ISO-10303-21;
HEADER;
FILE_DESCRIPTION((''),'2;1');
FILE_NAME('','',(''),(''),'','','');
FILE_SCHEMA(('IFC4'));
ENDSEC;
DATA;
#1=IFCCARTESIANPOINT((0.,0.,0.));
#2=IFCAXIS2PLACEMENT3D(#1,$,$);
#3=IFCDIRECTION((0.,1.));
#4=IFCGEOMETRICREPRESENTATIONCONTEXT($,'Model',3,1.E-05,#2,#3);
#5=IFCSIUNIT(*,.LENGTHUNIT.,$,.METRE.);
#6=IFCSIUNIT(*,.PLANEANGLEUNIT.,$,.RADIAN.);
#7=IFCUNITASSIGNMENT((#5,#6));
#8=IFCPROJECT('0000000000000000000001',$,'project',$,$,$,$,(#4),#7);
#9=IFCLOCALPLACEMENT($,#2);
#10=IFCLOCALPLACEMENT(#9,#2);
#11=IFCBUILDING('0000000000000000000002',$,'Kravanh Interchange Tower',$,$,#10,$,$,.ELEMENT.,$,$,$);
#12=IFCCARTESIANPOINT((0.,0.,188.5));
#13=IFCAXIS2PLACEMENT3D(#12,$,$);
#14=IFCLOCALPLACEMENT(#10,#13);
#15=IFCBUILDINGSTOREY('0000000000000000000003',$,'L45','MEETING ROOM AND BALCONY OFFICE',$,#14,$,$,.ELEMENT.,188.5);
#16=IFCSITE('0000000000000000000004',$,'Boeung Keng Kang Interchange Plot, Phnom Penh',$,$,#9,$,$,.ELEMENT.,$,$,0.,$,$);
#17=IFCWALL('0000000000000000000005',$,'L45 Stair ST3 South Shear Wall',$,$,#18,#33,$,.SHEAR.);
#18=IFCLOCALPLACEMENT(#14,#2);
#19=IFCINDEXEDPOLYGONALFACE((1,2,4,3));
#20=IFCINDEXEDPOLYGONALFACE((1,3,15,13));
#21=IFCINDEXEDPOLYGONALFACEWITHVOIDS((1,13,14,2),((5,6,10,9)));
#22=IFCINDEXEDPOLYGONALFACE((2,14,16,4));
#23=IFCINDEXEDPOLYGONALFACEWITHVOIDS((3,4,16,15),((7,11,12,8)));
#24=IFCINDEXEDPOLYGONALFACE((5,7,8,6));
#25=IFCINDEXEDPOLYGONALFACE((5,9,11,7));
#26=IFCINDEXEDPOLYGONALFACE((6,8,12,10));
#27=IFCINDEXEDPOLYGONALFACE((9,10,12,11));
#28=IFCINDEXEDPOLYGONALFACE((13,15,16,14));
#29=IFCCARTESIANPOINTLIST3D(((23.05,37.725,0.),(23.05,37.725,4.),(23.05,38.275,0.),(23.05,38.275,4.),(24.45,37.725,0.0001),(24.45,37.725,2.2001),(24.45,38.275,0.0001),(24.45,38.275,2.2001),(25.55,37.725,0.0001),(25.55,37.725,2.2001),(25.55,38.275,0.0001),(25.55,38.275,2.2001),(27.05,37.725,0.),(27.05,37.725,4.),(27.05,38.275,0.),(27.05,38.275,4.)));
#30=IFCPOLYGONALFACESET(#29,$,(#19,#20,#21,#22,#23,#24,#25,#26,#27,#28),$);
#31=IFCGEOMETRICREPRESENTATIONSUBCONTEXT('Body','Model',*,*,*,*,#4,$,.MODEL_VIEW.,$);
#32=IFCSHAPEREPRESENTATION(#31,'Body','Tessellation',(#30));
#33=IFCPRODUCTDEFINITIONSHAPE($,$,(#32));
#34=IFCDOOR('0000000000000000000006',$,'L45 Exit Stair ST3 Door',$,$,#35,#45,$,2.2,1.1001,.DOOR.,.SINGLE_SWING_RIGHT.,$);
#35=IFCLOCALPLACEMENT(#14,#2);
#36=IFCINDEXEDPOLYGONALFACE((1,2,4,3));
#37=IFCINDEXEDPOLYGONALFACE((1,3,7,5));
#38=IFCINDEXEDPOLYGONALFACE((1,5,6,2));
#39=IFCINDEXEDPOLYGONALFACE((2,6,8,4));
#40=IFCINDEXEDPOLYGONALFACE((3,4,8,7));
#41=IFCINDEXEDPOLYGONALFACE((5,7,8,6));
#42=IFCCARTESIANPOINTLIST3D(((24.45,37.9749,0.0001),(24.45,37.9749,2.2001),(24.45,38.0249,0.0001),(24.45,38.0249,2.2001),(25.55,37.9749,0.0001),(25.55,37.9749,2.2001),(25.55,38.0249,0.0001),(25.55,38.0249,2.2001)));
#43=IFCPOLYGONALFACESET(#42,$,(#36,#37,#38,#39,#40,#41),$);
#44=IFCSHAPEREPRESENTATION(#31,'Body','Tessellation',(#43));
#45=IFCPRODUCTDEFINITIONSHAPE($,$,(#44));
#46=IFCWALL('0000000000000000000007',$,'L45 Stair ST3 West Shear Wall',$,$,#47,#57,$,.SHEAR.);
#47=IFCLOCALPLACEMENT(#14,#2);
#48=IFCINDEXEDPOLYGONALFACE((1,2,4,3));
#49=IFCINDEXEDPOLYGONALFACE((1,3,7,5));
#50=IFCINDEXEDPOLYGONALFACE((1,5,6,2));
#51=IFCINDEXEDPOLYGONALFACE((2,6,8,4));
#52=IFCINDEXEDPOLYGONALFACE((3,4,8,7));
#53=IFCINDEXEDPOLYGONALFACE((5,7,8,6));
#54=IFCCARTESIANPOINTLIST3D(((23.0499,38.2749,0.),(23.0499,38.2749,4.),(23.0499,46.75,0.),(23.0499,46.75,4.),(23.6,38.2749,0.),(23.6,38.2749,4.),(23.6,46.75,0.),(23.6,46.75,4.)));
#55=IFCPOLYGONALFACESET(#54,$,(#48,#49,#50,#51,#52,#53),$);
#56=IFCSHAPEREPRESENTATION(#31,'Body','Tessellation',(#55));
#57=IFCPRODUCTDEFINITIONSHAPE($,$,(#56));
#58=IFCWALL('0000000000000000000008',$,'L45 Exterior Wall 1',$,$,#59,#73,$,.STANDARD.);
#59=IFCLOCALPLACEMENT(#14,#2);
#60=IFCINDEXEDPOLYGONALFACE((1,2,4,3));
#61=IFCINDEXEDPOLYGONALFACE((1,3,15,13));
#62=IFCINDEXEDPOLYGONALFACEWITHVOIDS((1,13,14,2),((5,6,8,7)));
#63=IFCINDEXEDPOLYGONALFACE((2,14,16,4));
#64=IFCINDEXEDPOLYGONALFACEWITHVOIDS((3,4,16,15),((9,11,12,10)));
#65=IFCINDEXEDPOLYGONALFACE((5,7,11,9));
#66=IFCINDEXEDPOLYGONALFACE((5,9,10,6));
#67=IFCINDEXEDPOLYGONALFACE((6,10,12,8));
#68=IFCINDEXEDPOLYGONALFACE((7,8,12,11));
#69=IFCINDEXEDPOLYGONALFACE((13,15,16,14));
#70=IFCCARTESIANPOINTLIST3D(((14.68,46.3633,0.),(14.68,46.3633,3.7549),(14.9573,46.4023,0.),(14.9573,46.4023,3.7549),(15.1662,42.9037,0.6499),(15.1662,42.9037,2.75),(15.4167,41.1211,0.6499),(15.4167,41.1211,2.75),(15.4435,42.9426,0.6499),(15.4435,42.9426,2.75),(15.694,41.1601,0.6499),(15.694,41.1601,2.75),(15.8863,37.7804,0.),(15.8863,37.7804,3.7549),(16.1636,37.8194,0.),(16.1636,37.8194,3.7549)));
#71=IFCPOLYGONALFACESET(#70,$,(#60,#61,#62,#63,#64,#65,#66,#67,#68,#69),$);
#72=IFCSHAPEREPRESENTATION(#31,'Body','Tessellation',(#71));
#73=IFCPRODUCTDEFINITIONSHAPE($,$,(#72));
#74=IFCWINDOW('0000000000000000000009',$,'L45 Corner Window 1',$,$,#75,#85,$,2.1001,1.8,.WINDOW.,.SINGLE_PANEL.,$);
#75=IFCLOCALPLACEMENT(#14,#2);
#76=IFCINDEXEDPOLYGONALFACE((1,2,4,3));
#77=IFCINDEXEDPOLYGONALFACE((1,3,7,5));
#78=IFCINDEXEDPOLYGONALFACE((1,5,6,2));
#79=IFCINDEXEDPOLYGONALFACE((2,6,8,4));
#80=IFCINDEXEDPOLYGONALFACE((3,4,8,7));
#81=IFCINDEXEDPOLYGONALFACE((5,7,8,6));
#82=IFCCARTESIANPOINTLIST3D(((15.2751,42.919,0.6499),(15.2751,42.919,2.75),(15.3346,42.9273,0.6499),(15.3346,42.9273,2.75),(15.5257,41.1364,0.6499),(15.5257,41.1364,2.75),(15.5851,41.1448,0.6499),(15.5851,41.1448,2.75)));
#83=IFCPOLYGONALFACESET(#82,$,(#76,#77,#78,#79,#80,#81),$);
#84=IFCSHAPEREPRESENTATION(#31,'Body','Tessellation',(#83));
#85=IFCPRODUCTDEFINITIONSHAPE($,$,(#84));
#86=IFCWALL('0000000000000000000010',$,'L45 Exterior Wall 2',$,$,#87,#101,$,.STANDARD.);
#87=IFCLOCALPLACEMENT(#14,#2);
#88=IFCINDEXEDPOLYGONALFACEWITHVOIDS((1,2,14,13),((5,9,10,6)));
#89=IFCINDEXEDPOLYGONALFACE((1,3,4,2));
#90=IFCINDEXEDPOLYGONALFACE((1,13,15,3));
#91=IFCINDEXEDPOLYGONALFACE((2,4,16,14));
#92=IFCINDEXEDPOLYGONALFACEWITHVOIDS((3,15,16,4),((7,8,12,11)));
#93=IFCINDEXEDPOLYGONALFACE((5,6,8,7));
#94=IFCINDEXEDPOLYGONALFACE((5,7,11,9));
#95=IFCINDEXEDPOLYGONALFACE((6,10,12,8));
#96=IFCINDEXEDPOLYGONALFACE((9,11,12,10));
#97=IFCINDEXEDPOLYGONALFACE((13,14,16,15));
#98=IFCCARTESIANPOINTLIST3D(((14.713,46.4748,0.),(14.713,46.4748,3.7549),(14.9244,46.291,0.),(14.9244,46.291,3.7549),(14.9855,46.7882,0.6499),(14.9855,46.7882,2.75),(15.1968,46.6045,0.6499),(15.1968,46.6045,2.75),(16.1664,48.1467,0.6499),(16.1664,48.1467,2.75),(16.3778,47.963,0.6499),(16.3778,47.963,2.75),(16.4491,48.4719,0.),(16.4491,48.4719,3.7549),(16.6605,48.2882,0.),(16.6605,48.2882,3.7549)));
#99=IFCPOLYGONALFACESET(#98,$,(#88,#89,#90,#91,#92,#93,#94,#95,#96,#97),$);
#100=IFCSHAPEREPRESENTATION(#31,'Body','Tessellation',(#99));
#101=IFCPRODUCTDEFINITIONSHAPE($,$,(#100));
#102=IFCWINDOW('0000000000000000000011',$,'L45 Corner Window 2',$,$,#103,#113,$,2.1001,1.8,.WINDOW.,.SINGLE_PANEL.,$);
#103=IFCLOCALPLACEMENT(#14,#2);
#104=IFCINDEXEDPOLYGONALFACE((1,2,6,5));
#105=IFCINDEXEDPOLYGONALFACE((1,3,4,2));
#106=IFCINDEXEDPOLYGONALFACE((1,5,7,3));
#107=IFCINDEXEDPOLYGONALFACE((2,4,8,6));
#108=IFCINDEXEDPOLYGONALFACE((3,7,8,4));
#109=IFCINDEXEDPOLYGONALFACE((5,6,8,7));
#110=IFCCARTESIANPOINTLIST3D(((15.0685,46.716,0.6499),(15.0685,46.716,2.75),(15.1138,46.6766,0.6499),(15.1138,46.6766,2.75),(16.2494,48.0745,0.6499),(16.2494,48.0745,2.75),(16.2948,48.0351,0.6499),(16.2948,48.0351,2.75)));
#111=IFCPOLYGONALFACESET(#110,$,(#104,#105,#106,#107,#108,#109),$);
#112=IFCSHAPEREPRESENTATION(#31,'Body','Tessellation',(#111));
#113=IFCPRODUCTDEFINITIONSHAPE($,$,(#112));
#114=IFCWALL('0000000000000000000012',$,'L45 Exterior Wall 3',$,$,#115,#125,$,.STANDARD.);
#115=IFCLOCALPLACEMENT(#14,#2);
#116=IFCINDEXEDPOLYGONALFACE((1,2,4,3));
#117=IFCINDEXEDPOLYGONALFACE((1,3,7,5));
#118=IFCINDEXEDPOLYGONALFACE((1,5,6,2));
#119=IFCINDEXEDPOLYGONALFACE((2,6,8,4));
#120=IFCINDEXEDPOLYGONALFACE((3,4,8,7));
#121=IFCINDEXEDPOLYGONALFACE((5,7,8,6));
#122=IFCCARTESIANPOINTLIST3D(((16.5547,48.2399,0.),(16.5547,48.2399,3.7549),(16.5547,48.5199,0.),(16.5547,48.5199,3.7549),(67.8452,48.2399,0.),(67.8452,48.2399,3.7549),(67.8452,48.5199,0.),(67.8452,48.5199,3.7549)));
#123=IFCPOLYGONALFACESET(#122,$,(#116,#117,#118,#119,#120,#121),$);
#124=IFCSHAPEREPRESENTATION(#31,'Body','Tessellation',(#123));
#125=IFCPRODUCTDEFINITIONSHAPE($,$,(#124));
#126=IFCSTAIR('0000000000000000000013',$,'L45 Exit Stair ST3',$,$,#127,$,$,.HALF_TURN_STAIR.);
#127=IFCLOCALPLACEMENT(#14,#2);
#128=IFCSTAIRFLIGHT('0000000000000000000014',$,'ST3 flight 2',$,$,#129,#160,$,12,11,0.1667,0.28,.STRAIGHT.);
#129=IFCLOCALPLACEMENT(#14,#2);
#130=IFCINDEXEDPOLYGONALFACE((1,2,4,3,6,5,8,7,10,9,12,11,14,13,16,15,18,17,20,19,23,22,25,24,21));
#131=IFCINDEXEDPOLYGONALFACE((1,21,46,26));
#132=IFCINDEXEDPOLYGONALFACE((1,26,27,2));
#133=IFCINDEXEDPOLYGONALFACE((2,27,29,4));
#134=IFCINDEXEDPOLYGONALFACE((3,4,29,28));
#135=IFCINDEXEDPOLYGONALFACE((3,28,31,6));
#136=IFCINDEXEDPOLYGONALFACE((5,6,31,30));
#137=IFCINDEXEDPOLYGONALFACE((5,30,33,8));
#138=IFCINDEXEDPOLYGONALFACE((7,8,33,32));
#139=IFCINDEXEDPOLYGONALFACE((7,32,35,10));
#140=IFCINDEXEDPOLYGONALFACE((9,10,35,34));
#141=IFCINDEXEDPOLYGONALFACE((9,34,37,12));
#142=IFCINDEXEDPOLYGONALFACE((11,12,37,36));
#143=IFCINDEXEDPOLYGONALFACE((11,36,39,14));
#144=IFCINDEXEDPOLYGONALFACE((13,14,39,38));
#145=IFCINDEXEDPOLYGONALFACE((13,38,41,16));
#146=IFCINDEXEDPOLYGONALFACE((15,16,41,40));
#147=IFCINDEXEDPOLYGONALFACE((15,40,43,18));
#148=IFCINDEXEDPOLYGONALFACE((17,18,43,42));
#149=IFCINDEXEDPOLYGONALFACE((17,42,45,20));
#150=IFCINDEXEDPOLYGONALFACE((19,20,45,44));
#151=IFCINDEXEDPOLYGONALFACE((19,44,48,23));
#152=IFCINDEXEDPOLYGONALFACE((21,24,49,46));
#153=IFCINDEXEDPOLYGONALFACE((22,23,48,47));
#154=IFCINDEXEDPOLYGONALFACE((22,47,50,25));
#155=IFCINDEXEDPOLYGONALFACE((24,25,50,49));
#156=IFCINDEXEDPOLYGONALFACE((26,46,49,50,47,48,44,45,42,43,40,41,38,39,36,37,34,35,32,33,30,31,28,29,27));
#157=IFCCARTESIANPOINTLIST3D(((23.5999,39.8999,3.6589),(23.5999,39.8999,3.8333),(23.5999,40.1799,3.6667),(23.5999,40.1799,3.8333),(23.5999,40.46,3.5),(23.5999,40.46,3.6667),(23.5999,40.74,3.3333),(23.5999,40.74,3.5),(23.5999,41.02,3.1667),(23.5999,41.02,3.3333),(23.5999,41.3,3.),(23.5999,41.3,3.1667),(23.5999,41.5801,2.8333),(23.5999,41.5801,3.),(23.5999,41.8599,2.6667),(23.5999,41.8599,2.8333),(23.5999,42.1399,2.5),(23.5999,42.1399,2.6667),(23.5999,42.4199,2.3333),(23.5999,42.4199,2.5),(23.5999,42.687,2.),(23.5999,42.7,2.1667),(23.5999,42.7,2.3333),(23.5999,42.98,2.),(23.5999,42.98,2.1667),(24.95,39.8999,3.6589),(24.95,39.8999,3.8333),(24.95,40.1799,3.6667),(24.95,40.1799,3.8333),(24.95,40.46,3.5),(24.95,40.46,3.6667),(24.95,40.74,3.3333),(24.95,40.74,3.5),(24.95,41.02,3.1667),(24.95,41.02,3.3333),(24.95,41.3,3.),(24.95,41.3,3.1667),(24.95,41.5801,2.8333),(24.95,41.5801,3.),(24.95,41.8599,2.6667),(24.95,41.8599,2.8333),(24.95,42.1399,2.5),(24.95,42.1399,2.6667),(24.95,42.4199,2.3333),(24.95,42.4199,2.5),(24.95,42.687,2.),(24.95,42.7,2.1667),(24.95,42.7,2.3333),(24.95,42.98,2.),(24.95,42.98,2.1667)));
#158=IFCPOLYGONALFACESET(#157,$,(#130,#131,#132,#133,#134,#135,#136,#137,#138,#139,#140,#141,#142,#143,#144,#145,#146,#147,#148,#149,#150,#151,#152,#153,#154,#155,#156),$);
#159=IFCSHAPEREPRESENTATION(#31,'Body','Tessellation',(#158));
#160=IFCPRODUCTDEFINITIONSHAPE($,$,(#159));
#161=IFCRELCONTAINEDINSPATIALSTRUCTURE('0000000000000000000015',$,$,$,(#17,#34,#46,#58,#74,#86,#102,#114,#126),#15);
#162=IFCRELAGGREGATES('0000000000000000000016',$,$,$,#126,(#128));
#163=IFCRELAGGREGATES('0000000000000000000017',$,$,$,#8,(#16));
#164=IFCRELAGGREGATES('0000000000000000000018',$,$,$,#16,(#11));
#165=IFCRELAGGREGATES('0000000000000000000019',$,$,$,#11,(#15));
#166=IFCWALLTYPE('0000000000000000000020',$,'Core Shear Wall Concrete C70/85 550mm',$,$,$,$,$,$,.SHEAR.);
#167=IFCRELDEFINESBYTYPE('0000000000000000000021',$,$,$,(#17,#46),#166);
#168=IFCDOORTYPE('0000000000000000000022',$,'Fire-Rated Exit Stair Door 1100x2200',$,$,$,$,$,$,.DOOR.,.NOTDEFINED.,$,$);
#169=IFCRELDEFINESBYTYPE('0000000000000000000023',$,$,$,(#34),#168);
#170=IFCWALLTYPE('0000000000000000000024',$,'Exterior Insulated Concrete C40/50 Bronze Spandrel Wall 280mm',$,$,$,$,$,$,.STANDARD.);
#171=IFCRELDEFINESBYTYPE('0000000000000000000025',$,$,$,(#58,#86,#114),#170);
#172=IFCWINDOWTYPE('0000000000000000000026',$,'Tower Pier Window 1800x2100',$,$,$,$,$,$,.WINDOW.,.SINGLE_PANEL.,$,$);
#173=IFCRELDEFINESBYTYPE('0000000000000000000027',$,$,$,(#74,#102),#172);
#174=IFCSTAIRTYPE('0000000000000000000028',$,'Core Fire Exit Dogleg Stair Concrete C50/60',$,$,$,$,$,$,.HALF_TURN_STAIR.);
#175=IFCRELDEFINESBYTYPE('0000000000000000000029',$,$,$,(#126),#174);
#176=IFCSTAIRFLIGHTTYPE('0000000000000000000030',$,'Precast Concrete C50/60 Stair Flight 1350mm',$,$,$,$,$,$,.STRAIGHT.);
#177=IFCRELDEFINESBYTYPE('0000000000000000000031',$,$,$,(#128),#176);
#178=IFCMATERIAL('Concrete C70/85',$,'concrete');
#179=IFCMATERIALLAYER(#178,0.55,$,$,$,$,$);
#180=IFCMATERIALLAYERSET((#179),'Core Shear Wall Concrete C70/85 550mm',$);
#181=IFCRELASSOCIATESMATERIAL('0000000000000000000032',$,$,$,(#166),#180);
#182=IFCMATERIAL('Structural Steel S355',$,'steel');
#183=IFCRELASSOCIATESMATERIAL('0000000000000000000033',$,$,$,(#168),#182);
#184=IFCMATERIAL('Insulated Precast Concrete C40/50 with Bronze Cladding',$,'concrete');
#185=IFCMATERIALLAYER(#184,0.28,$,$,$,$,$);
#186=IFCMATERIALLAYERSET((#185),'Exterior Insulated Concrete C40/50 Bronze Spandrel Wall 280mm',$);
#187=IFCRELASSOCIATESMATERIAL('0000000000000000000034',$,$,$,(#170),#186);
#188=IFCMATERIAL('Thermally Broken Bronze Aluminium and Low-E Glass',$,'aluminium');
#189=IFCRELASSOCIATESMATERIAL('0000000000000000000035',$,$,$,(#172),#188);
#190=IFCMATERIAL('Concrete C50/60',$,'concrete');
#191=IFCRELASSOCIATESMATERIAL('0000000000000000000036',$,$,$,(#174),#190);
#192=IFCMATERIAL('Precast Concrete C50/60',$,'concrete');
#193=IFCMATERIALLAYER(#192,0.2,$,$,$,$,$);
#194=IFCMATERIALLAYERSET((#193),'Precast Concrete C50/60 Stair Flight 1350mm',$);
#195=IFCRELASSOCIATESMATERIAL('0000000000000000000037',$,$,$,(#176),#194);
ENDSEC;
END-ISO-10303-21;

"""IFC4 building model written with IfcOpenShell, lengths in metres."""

from ifc_helpers import new_model, si_unit, direction, frame, frame_2d, origin, place, context, subcontext, project, spatial, polyline, rectangle, outline, extrude, material, layer, layer_set, type_object, element, fill, aggregate, save


model = new_model("IFC4")

# Units and contexts
model_context = context("Model", 3, precision=1e-05, world=origin(), true_north=direction((0.0, 1.0)))
body_context = subcontext(model_context, "Body", "Model", "MODEL_VIEW")
ifc_project = project(units=[si_unit("LENGTHUNIT", "METRE"), si_unit("PLANEANGLEUNIT", "RADIAN")], contexts=[model_context])

# Site, building, storey
site_placement = place(None, origin())
site = spatial("IfcSite", under=ifc_project, at=site_placement, Name="Boeung Keng Kang Interchange Plot, Phnom Penh", CompositionType="ELEMENT", RefElevation=0.0)
building_placement = place(site_placement, origin())
building = spatial("IfcBuilding", under=site, at=building_placement, Name="Kravanh Interchange Tower", CompositionType="ELEMENT")
storey_placement = place(building_placement, frame((0.0, 0.0, 188.5)))
storey = spatial("IfcBuildingStorey", under=building, at=storey_placement, Name="L45", Description="MEETING ROOM AND BALCONY OFFICE", CompositionType="ELEMENT", Elevation=188.5)

# Shared definitions
ifc_material_1 = material(Name="Concrete C70/85", Category="concrete")
ifc_layer_1 = layer(ifc_material_1, 0.55)
ifc_layer_set_1 = layer_set([ifc_layer_1], Name="Core Shear Wall Concrete C70/85 550mm")
wall_type_1 = type_object("IfcWallType", Name="Core Shear Wall Concrete C70/85 550mm", PredefinedType="SHEAR", material=ifc_layer_set_1)

# Wall, opening, door
wall_1_placement = place(storey_placement, frame((23.05, 38.0, 0.0), z_axis=(0.0, 0.0, 1.0), x_axis=(1.0, 0.0, 0.0)))
wall_1 = element("IfcWall", 1, at=wall_1_placement, inside=storey, type_object=wall_type_1, Name="L45 Stair ST3 South Shear Wall", PredefinedType="SHEAR", context=body_context, shape_type="SweptSolid", body=[
    extrude(rectangle(XDim=4.0, YDim=0.55, at=frame_2d((2.0, 0.0))), origin(), (0.0, 0.0, 1.0), 4.0),
])
opening_1_placement = place(wall_1_placement, frame((1.3999, 0.0, 0.0)))
opening_1 = element("IfcOpeningElement", 2, at=opening_1_placement, cuts=wall_1, PredefinedType="OPENING", context=body_context, shape_type="SweptSolid", body=[
    extrude(rectangle(XDim=1.1001, YDim=2.2, at=frame_2d((0.55, 1.1001))), frame((0.0, 0.2852, 0.0), z_axis=(0.0, -1.0, 0.0), x_axis=(1.0, 0.0, 0.0)), (0.0, 0.0, 1.0), 0.5701),
])
ifc_material_2 = material(Name="Structural Steel S355", Category="steel")
door_type_1 = type_object("IfcDoorType", Name="Fire-Rated Exit Stair Door 1100x2200", OperationType="NOTDEFINED", PredefinedType="DOOR", material=ifc_material_2)
door_1_placement = place(opening_1_placement, origin())
door_1 = element("IfcDoor", 3, at=door_1_placement, inside=storey, type_object=door_type_1, Name="L45 Exit Stair ST3 Door", OperationType="SINGLE_SWING_RIGHT", OverallHeight=2.2, OverallWidth=1.1001, PredefinedType="DOOR", context=body_context, shape_type="SweptSolid", body=[
    extrude(rectangle(XDim=1.1001, YDim=2.2, at=frame_2d((0.55, 1.1001))), frame((0.0, 0.0249, 0.0), z_axis=(0.0, -1.0, 0.0), x_axis=(1.0, 0.0, 0.0)), (0.0, 0.0, 1.0), 0.05),
])
fill(opening_1, door_1)

# Wall
wall_2_placement = place(storey_placement, frame((23.325, 38.2749, 0.0), z_axis=(0.0, 0.0, 1.0), x_axis=(0.0, 1.0, 0.0)))
element("IfcWall", 4, at=wall_2_placement, inside=storey, type_object=wall_type_1, Name="L45 Stair ST3 West Shear Wall", PredefinedType="SHEAR", context=body_context, shape_type="SweptSolid", body=[
    extrude(rectangle(XDim=8.4751, YDim=0.55, at=frame_2d((4.2375, 0.0))), origin(), (0.0, 0.0, 1.0), 4.0),
])

# Walls, openings, windows
ifc_material_3 = material(Name="Insulated Precast Concrete C40/50 with Bronze Cladding", Category="concrete")
ifc_layer_2 = layer(ifc_material_3, 0.28)
ifc_layer_set_2 = layer_set([ifc_layer_2], Name="Exterior Insulated Concrete C40/50 Bronze Spandrel Wall 280mm")
wall_type_2 = type_object("IfcWallType", Name="Exterior Insulated Concrete C40/50 Bronze Spandrel Wall 280mm", PredefinedType="STANDARD", material=ifc_layer_set_2)
wall_3_placement = place(storey_placement, frame((16.0249, 37.8, 0.0), z_axis=(0.0, 0.0, 1.0), x_axis=(-0.139181, 0.990267, 0.0)))
wall_3 = element("IfcWall", 5, at=wall_3_placement, inside=storey, type_object=wall_type_2, Name="L45 Exterior Wall 1", PredefinedType="STANDARD", context=body_context, shape_type="SweptSolid", body=[
    extrude(rectangle(XDim=8.6672, YDim=0.28, at=frame_2d((4.3335, 0.0))), origin(), (0.0, 0.0, 1.0), 3.7549),
])
opening_2_placement = place(wall_3_placement, frame((3.3735, 0.0, 0.6499)))
opening_2 = element("IfcOpeningElement", 6, at=opening_2_placement, cuts=wall_3, PredefinedType="OPENING", context=body_context, shape_type="SweptSolid", body=[
    extrude(rectangle(XDim=1.8, YDim=2.1001, at=frame_2d((0.8999, 1.05))), frame((0.0, 0.1499, 0.0), z_axis=(0.0, -1.0, 0.0), x_axis=(1.0, 0.0, 0.0)), (0.0, 0.0, 1.0), 0.3),
])
ifc_material_4 = material(Name="Thermally Broken Bronze Aluminium and Low-E Glass", Category="aluminium")
window_type = type_object("IfcWindowType", Name="Tower Pier Window 1800x2100", PartitioningType="SINGLE_PANEL", PredefinedType="WINDOW", material=ifc_material_4)
window_1_placement = place(opening_2_placement, origin())
window_1 = element("IfcWindow", 7, at=window_1_placement, inside=storey, type_object=window_type, Name="L45 Corner Window 1", OverallHeight=2.1001, OverallWidth=1.8, PartitioningType="SINGLE_PANEL", PredefinedType="WINDOW", context=body_context, shape_type="SweptSolid", body=[
    extrude(rectangle(XDim=1.8, YDim=2.1001, at=frame_2d((0.8999, 1.05))), frame((0.0, 0.03, 0.0), z_axis=(0.0, -1.0, 0.0), x_axis=(1.0, 0.0, 0.0)), (0.0, 0.0, 1.0), 0.0601),
])
fill(opening_2, window_1)
wall_4_placement = place(storey_placement, frame((14.8186, 46.3828, 0.0), z_axis=(0.0, 0.0, 1.0), x_axis=(0.656071, 0.754699, 0.0)))
wall_4 = element("IfcWall", 8, at=wall_4_placement, inside=storey, type_object=wall_type_2, Name="L45 Exterior Wall 2", PredefinedType="STANDARD", context=body_context, shape_type="SweptSolid", body=[
    extrude(rectangle(XDim=2.6462, YDim=0.28, at=frame_2d((1.3232, 0.0))), origin(), (0.0, 0.0, 1.0), 3.7549),
])
opening_3_placement = place(wall_4_placement, frame((0.4155, 0.0, 0.6499)))
opening_3 = element("IfcOpeningElement", 9, at=opening_3_placement, cuts=wall_4, PredefinedType="OPENING", context=body_context, shape_type="SweptSolid", body=[
    extrude(rectangle(XDim=1.8, YDim=2.1001, at=frame_2d((0.8999, 1.05))), frame((0.0, 0.1499, 0.0), z_axis=(0.0, -1.0, 0.0), x_axis=(1.0, 0.0, 0.0)), (0.0, 0.0, 1.0), 0.3),
])
window_2_placement = place(opening_3_placement, origin())
window_2 = element("IfcWindow", 10, at=window_2_placement, inside=storey, type_object=window_type, Name="L45 Corner Window 2", OverallHeight=2.1001, OverallWidth=1.8, PartitioningType="SINGLE_PANEL", PredefinedType="WINDOW", context=body_context, shape_type="SweptSolid", body=[
    extrude(rectangle(XDim=1.8, YDim=2.1001, at=frame_2d((0.8999, 1.05))), frame((0.0, 0.03, 0.0), z_axis=(0.0, -1.0, 0.0), x_axis=(1.0, 0.0, 0.0)), (0.0, 0.0, 1.0), 0.0601),
])
fill(opening_3, window_2)

# Wall
wall_5_placement = place(storey_placement, frame((16.5547, 48.3799, 0.0), z_axis=(0.0, 0.0, 1.0), x_axis=(1.0, 0.0, 0.0)))
element("IfcWall", 11, at=wall_5_placement, inside=storey, type_object=wall_type_2, Name="L45 Exterior Wall 3", PredefinedType="STANDARD", context=body_context, shape_type="SweptSolid", body=[
    extrude(rectangle(XDim=51.2905, YDim=0.28, at=frame_2d((25.6453, 0.0))), origin(), (0.0, 0.0, 1.0), 3.7549),
])

# Stair, stair flight
ifc_material_5 = material(Name="Concrete C50/60", Category="concrete")
stair_type = type_object("IfcStairType", Name="Core Fire Exit Dogleg Stair Concrete C50/60", PredefinedType="HALF_TURN_STAIR", material=ifc_material_5)
stair_placement = place(storey_placement, origin())
stair = element("IfcStair", 12, at=stair_placement, inside=storey, type_object=stair_type, Name="L45 Exit Stair ST3", PredefinedType="HALF_TURN_STAIR")
ifc_material_6 = material(Name="Precast Concrete C50/60", Category="concrete")
ifc_layer_3 = layer(ifc_material_6, 0.2)
ifc_layer_set_3 = layer_set([ifc_layer_3], Name="Precast Concrete C50/60 Stair Flight 1350mm")
stair_flight_type = type_object("IfcStairFlightType", Name="Precast Concrete C50/60 Stair Flight 1350mm", PredefinedType="STRAIGHT", material=ifc_layer_set_3)
stair_flight_placement = place(storey_placement, frame((24.2749, 42.98, 2.0), z_axis=(0.0, 0.0, 1.0), x_axis=(0.0, -1.0, 0.0)))
stair_flight = element("IfcStairFlight", 13, at=stair_flight_placement, type_object=stair_flight_type, Name="ST3 flight 2", NumberOfRisers=12, NumberOfTreads=11, PredefinedType="STRAIGHT", RiserHeight=0.1667, TreadLength=0.28, context=body_context, shape_type="SweptSolid", body=[
    extrude(outline(polyline([(0.0, 0.0), (0.0, 0.1667), (0.28, 0.1667), (0.28, 0.3333), (0.5601, 0.3333), (0.5601, 0.5), (0.8401, 0.5), (0.8401, 0.6667), (1.1201, 0.6667), (1.1201, 0.8333), (1.3999, 0.8333), (1.3999, 1.0), (1.6799, 1.0), (1.6799, 1.1667), (1.96, 1.1667), (1.96, 1.3333), (2.24, 1.3333), (2.24, 1.5), (2.52, 1.5), (2.52, 1.6667), (2.8, 1.6667), (2.8, 1.8333), (3.0801, 1.8333), (3.0801, 2.0), (3.0801, 1.6589), (0.293, 0.0), (0.0, 0.0)])), frame((0.0, 0.675, 0.0), z_axis=(0.0, -1.0, 0.0), x_axis=(1.0, 0.0, 0.0)), (0.0, 0.0, 1.0), 1.3501),
])
aggregate(stair, [stair_flight])

save(model, "model.ifc")
